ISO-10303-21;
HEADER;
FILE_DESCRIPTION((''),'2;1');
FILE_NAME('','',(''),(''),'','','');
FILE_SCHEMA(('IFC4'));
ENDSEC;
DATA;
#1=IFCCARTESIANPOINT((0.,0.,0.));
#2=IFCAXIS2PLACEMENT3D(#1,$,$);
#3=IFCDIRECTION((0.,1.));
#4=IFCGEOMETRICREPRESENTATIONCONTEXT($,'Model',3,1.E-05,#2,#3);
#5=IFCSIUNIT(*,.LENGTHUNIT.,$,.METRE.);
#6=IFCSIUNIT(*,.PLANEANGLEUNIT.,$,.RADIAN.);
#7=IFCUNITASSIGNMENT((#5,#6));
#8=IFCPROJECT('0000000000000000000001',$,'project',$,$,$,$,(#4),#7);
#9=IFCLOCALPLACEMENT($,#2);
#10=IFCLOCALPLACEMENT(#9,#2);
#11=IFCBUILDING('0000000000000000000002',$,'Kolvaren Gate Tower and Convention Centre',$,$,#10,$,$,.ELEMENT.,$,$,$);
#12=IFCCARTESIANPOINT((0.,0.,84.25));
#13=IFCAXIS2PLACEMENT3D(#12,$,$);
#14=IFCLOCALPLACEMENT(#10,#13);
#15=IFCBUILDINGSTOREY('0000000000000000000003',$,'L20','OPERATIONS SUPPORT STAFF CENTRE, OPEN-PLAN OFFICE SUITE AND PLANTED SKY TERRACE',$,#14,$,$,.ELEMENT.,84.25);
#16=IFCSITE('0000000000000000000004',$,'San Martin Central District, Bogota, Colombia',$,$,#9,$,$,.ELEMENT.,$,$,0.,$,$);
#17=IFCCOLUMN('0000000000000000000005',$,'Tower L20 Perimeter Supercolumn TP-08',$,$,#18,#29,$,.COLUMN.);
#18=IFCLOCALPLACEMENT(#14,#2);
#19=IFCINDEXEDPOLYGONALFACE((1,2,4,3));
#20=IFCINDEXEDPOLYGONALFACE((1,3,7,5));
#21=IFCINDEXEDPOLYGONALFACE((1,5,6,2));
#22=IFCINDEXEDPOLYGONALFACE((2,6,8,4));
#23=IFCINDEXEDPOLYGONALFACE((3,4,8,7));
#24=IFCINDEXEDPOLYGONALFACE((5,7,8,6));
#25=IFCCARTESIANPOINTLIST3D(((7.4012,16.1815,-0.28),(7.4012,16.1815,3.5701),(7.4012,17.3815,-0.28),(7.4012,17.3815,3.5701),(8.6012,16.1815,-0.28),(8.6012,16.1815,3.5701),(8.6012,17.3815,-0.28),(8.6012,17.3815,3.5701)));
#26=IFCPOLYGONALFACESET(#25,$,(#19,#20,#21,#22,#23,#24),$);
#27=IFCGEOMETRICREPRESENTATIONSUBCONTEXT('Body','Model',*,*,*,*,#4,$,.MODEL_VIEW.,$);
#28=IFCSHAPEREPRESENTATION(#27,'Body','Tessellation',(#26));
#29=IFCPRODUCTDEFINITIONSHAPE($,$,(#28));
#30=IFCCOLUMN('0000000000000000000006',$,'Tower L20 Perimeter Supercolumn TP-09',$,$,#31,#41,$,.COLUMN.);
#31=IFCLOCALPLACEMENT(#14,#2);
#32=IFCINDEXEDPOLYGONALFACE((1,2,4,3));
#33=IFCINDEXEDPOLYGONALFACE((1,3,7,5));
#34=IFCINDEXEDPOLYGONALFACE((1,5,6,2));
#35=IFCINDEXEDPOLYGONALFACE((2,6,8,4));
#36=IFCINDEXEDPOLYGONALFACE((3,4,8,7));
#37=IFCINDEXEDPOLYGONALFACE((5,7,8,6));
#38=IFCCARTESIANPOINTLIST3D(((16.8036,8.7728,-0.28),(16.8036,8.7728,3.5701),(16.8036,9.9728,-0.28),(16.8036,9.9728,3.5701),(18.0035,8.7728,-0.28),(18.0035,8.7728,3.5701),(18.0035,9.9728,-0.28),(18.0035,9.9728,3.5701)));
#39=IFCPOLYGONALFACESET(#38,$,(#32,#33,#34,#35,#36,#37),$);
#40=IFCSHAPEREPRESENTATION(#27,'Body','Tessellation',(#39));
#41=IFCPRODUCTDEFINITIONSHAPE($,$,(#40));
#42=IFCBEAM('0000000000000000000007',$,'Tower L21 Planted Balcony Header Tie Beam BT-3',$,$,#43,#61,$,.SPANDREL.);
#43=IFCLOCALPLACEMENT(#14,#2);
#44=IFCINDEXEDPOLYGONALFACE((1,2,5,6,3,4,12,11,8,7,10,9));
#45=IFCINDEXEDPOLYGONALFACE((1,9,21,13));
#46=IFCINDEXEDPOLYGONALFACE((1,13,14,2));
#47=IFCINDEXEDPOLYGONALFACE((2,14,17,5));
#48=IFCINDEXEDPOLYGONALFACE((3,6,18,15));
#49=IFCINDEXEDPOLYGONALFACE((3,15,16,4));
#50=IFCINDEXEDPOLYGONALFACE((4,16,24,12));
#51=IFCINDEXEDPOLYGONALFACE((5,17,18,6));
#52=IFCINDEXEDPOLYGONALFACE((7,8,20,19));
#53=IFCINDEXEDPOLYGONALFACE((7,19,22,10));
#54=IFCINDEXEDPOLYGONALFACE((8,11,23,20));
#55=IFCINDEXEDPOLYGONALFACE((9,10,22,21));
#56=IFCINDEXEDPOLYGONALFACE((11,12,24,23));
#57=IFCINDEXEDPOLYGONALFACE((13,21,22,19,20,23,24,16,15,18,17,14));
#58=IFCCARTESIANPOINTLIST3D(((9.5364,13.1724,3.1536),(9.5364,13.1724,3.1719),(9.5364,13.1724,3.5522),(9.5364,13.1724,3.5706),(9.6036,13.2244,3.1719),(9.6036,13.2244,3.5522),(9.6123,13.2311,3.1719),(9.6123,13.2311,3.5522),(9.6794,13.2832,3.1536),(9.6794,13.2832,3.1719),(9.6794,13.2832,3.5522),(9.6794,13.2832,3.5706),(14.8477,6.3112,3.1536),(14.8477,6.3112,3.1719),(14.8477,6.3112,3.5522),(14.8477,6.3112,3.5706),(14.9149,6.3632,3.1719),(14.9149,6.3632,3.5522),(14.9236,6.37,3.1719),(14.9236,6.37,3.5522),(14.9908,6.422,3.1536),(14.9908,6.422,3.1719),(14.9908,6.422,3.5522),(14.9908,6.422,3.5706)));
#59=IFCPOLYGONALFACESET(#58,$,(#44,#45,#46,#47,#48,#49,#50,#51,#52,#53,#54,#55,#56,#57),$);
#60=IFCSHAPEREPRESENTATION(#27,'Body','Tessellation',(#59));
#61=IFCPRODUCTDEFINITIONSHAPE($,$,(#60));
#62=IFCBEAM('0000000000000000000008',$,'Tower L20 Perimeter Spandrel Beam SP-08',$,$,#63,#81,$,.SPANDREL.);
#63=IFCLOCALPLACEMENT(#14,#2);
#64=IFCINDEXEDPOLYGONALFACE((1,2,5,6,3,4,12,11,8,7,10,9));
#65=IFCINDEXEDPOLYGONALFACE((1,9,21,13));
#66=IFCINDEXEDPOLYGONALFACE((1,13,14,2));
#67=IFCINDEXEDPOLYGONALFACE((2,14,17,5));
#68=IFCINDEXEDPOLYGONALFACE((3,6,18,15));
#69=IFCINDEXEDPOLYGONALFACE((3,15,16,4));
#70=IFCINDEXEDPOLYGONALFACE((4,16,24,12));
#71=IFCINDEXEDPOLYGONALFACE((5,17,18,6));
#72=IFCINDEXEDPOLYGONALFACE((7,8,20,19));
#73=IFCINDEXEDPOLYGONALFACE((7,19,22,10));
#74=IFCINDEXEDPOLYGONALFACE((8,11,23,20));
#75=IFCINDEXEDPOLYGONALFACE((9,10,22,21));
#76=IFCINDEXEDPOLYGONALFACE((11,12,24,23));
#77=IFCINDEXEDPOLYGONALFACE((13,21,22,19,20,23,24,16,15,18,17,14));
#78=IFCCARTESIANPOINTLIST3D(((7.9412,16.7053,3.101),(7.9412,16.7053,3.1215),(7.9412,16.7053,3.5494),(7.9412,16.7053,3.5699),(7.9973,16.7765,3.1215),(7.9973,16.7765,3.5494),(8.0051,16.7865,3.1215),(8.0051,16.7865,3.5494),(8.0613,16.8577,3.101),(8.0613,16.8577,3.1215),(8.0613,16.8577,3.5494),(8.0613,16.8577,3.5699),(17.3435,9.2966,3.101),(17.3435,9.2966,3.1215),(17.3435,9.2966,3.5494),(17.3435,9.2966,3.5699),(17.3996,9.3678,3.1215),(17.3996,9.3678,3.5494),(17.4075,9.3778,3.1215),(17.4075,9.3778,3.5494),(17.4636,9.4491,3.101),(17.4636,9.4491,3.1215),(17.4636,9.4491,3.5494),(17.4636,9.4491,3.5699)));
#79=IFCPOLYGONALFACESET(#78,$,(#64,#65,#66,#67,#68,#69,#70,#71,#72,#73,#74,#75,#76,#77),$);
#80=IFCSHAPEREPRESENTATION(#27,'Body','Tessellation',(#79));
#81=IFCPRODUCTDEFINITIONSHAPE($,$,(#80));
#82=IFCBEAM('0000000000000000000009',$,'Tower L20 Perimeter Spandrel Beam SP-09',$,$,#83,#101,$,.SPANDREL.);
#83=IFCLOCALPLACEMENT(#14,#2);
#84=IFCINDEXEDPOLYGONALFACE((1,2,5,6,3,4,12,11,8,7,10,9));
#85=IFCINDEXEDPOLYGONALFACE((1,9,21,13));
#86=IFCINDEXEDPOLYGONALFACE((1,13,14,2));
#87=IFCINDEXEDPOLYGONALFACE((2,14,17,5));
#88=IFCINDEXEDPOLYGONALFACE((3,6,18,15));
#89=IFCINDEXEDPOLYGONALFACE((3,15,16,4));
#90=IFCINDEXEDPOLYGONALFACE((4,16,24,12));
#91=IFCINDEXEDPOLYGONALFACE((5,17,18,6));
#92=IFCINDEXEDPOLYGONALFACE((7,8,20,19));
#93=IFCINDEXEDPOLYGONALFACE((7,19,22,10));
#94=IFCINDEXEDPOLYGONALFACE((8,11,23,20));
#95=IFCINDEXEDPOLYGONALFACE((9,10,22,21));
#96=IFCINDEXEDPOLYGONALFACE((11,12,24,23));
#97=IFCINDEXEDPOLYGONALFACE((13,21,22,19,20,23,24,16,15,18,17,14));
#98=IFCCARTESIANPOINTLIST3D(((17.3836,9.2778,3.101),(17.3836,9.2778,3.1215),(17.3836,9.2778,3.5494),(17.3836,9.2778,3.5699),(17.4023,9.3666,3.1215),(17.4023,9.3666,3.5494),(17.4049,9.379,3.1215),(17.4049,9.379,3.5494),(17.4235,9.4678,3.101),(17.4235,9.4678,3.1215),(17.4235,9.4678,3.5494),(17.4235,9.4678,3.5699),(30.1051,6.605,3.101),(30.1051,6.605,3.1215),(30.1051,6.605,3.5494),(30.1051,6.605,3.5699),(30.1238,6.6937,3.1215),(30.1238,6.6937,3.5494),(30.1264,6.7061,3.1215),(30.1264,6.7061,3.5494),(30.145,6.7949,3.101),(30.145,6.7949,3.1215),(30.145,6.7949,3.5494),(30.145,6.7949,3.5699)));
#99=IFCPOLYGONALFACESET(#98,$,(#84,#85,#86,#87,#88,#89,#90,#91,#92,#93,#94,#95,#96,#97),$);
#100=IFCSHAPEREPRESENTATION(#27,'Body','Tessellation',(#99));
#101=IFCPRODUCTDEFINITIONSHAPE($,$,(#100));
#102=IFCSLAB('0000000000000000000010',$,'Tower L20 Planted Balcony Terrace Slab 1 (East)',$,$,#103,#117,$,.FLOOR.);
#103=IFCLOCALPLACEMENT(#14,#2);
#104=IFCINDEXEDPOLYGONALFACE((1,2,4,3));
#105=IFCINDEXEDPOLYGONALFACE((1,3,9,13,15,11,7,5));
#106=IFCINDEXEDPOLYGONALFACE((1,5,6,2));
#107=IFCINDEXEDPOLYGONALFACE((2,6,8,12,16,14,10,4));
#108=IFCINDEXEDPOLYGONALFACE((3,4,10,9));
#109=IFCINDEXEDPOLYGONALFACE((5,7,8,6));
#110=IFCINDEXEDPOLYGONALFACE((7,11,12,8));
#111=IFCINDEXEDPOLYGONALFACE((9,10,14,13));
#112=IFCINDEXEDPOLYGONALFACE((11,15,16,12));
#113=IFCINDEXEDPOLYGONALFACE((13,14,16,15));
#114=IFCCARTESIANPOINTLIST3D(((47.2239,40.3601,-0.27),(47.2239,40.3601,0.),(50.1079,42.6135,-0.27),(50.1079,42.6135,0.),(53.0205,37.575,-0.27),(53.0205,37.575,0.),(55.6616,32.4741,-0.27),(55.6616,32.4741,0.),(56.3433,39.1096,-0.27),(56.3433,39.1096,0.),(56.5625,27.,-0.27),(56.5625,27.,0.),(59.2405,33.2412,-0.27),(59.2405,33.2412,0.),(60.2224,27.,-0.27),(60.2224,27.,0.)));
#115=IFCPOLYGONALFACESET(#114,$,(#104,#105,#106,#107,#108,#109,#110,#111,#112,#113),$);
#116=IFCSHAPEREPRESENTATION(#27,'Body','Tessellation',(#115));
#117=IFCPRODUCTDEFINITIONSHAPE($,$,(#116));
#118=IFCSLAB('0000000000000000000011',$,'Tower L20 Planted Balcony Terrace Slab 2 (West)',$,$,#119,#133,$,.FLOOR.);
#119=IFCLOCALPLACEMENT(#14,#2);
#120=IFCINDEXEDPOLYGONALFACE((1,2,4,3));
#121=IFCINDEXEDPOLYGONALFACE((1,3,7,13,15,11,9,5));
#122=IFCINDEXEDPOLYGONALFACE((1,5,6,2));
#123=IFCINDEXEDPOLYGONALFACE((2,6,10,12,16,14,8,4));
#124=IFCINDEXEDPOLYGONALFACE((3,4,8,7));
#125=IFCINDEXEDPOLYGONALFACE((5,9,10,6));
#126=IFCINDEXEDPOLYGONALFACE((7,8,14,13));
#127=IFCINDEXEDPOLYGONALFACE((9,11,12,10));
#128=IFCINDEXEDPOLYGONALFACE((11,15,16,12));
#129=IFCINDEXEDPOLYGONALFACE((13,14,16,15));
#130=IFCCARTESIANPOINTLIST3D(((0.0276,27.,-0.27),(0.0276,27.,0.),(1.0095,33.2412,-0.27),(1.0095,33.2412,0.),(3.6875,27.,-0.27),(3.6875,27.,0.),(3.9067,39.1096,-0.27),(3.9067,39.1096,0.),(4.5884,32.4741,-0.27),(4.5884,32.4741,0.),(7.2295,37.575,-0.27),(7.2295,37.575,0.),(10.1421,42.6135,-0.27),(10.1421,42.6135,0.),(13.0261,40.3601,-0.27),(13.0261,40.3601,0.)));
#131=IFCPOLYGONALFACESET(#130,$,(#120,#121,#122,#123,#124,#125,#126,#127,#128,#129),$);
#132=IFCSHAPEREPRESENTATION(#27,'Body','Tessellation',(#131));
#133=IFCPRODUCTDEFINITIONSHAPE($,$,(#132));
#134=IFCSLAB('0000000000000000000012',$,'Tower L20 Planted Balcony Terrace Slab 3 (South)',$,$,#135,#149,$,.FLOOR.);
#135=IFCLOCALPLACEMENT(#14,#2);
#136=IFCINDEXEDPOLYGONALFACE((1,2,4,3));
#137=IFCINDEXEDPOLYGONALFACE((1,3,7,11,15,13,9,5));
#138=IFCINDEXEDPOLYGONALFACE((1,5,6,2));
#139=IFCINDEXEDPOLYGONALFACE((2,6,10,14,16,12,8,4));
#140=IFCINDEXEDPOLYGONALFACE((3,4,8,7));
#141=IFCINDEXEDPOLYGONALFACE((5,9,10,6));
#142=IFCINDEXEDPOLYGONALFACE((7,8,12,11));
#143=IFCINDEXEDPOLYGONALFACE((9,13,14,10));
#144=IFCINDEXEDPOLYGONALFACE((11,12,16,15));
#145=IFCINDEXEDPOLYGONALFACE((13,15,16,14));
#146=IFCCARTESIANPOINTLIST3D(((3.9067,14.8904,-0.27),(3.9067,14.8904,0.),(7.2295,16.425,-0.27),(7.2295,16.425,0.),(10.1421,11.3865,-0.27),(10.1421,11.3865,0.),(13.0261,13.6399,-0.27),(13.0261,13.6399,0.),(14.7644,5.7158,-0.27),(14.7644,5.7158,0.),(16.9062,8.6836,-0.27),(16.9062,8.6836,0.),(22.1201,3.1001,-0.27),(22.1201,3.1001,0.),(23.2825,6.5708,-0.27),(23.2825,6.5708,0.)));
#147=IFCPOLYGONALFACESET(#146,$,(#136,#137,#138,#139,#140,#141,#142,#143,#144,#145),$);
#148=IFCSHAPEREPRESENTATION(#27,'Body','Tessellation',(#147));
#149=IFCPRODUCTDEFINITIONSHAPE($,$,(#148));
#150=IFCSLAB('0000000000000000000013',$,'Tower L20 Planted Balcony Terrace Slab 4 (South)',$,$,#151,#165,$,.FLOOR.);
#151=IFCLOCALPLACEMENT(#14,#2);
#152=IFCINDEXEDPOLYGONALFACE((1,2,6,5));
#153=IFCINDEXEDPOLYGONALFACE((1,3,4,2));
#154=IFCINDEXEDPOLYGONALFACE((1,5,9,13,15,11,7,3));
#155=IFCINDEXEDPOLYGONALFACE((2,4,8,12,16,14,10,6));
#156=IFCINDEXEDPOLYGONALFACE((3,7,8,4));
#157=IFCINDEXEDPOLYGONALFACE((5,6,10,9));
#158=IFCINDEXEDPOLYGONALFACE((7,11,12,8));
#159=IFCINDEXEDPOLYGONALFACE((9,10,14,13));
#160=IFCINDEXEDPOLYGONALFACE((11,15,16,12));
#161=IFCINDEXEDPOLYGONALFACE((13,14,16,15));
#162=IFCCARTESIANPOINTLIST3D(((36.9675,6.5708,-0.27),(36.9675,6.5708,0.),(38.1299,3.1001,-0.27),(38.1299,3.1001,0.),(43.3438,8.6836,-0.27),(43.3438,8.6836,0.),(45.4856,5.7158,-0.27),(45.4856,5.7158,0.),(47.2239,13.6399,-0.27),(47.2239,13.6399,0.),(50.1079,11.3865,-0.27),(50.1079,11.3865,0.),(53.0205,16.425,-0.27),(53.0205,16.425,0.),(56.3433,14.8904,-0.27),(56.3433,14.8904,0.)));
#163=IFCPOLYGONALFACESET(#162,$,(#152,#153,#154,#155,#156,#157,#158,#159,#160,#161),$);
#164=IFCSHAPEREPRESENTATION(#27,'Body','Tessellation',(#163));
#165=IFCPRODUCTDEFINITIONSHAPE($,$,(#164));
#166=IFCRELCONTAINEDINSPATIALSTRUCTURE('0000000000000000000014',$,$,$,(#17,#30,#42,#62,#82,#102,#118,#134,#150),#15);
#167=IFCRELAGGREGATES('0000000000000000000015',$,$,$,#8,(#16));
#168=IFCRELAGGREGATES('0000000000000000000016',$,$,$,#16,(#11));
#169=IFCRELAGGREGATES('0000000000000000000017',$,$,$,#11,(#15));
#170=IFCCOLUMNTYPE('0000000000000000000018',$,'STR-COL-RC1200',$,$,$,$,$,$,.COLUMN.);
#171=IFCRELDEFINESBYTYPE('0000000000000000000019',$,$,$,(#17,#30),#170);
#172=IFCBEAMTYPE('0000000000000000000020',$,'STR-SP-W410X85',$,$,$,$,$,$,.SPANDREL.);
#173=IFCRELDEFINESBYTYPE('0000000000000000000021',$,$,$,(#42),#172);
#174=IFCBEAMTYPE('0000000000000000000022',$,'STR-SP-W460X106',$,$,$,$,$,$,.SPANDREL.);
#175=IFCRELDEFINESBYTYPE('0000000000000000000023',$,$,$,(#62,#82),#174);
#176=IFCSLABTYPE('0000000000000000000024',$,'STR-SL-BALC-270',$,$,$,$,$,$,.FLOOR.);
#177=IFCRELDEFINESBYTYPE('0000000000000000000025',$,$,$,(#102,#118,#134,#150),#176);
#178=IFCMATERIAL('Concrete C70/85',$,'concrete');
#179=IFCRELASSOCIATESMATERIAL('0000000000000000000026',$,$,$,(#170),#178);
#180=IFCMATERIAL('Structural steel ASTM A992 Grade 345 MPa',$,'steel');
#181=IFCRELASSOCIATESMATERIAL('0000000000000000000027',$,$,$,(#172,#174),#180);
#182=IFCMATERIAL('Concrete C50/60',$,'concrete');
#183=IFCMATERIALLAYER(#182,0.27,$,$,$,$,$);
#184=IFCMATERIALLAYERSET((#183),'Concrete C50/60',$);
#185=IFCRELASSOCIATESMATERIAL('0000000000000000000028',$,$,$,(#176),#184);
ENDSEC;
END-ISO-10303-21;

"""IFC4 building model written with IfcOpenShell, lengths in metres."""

from ifc_helpers import new_model, si_unit, direction, frame, origin, origin_2d, place, context, subcontext, project, spatial, polyline, rectangle, i_section, outline, extrude, material, layer, layer_set, material_profile, profile_set, type_object, element, save


model = new_model("IFC4")

# Units and contexts
model_context = context("Model", 3, precision=1e-05, world=origin(), true_north=direction((0.0, 1.0)))
body_context = subcontext(model_context, "Body", "Model", "MODEL_VIEW")
ifc_project = project(units=[si_unit("LENGTHUNIT", "METRE"), si_unit("PLANEANGLEUNIT", "RADIAN")], contexts=[model_context])

# Site, building, storey
site_placement = place(None, origin())
site = spatial("IfcSite", under=ifc_project, at=site_placement, Name="San Martin Central District, Bogota, Colombia", CompositionType="ELEMENT", RefElevation=0.0)
building_placement = place(site_placement, origin())
building = spatial("IfcBuilding", under=site, at=building_placement, Name="Kolvaren Gate Tower and Convention Centre", CompositionType="ELEMENT")
storey_placement = place(building_placement, frame((0.0, 0.0, 84.25)))
storey = spatial("IfcBuildingStorey", under=building, at=storey_placement, Name="L20", Description="OPERATIONS SUPPORT STAFF CENTRE, OPEN-PLAN OFFICE SUITE AND PLANTED SKY TERRACE", CompositionType="ELEMENT", Elevation=84.25)

# Columns
ifc_material_1 = material(Name="Concrete C70/85", Category="concrete")
ifc_material_profile_1 = material_profile(ifc_material_1, rectangle(XDim=1.2, YDim=1.2, at=origin_2d()), Name="RC-COL-1200X1200")
ifc_profile_set_1 = profile_set([ifc_material_profile_1], Name="Concrete C70/85")
column_type = type_object("IfcColumnType", Name="STR-COL-RC1200", PredefinedType="COLUMN", material=ifc_profile_set_1)
for number, where, z_axis, x_axis, name in (
    (1, (8.0012, 16.7815, -0.28), (0.0, 0.0, 1.0), (1.0, 0.0, 0.0), "Tower L20 Perimeter Supercolumn TP-08"),
    (2, (17.4036, 9.3728, -0.28), (0.0, 0.0, 1.0), (1.0, 0.0, 0.0), "Tower L20 Perimeter Supercolumn TP-09"),
):
    element("IfcColumn", number, at=place(storey_placement, frame(where, z_axis=z_axis, x_axis=x_axis)), inside=storey, type_object=column_type, Name=name, PredefinedType="COLUMN", context=body_context, shape_type="SweptSolid", body=[
        extrude(rectangle(XDim=1.2, YDim=1.2, at=origin_2d()), origin(), (0.0, 0.0, 1.0), 3.8501),
    ])

# Beams
ifc_material_2 = material(Name="Structural steel ASTM A992 Grade 345 MPa", Category="steel")
ifc_material_profile_2 = material_profile(ifc_material_2, i_section(OverallWidth=0.1809, OverallDepth=0.417, WebThickness=0.011, FlangeThickness=0.0183, at=origin_2d()), Name="W410X85")
ifc_profile_set_2 = profile_set([ifc_material_profile_2], Name="Structural steel ASTM A992 Grade 345 MPa")
beam_type_1 = type_object("IfcBeamType", Name="STR-SP-W410X85", PredefinedType="SPANDREL", material=ifc_profile_set_2)
beam_1_placement = place(storey_placement, frame((9.6079, 13.2278, 3.3621), z_axis=(0.612135, -0.790753, 0.0), x_axis=(0.790753, 0.612135, 0.0)))
element("IfcBeam", 3, at=beam_1_placement, inside=storey, type_object=beam_type_1, Name="Tower L21 Planted Balcony Header Tie Beam BT-3", PredefinedType="SPANDREL", context=body_context, shape_type="SweptSolid", body=[
    extrude(i_section(OverallWidth=0.1809, OverallDepth=0.417, WebThickness=0.011, FlangeThickness=0.0183, at=origin_2d()), origin(), (0.0, 0.0, 1.0), 8.6768),
])
ifc_material_profile_3 = material_profile(ifc_material_2, i_section(OverallWidth=0.1941, OverallDepth=0.469, WebThickness=0.0127, FlangeThickness=0.0205, at=origin_2d()), Name="W460X106")
ifc_profile_set_3 = profile_set([ifc_material_profile_3], Name="Structural steel ASTM A992 Grade 345 MPa")
beam_type_2 = type_object("IfcBeamType", Name="STR-SP-W460X106", PredefinedType="SPANDREL", material=ifc_profile_set_3)
beam_2_placement = place(storey_placement, frame((8.0012, 16.7815, 3.3354), z_axis=(0.78546, -0.618913, 0.0), x_axis=(0.618913, 0.78546, 0.0)))
element("IfcBeam", 4, at=beam_2_placement, inside=storey, type_object=beam_type_2, Name="Tower L20 Perimeter Spandrel Beam SP-08", PredefinedType="SPANDREL", context=body_context, shape_type="SweptSolid", body=[
    extrude(i_section(OverallWidth=0.1941, OverallDepth=0.469, WebThickness=0.0127, FlangeThickness=0.0205, at=origin_2d()), origin(), (0.0, 0.0, 1.0), 11.9705),
])
beam_3_placement = place(storey_placement, frame((17.4036, 9.3728, 3.3354), z_axis=(0.978633, -0.205617, 0.0), x_axis=(0.205617, 0.978633, 0.0)))
element("IfcBeam", 5, at=beam_3_placement, inside=storey, type_object=beam_type_2, Name="Tower L20 Perimeter Spandrel Beam SP-09", PredefinedType="SPANDREL", context=body_context, shape_type="SweptSolid", body=[
    extrude(i_section(OverallWidth=0.1941, OverallDepth=0.469, WebThickness=0.0127, FlangeThickness=0.0205, at=origin_2d()), origin(), (0.0, 0.0, 1.0), 12.9993),
])

# Slabs
ifc_material_3 = material(Name="Concrete C50/60", Category="concrete")
ifc_layer_1 = layer(ifc_material_3, 0.27)
ifc_layer_set_1 = layer_set([ifc_layer_1], Name="Concrete C50/60")
slab_type_1 = type_object("IfcSlabType", Name="STR-SL-BALC-270", PredefinedType="FLOOR", material=ifc_layer_set_1)
slab_1_placement = place(storey_placement, frame((0.0, 0.0, -0.27)))
element("IfcSlab", 6, at=slab_1_placement, inside=storey, type_object=slab_type_1, Name="Tower L20 Planted Balcony Terrace Slab 1 (East)", PredefinedType="FLOOR", context=body_context, shape_type="SweptSolid", body=[
    extrude(outline(polyline([(56.5625, 27.0), (55.6616, 32.4741), (53.0205, 37.575), (47.2239, 40.3601), (50.1079, 42.6135), (56.3433, 39.1096), (59.2405, 33.2412), (60.2224, 27.0), (56.5625, 27.0)])), origin(), (0.0, 0.0, 1.0), 0.27),
])
slab_2_placement = place(storey_placement, frame((0.0, 0.0, -0.27)))
element("IfcSlab", 7, at=slab_2_placement, inside=storey, type_object=slab_type_1, Name="Tower L20 Planted Balcony Terrace Slab 2 (West)", PredefinedType="FLOOR", context=body_context, shape_type="SweptSolid", body=[
    extrude(outline(polyline([(13.0261, 40.3601), (7.2295, 37.575), (4.5884, 32.4741), (3.6875, 27.0), (0.0276, 27.0), (1.0095, 33.2412), (3.9067, 39.1096), (10.1421, 42.6135), (13.0261, 40.3601)])), origin(), (0.0, 0.0, 1.0), 0.27),
])
slab_3_placement = place(storey_placement, frame((0.0, 0.0, -0.27)))
element("IfcSlab", 8, at=slab_3_placement, inside=storey, type_object=slab_type_1, Name="Tower L20 Planted Balcony Terrace Slab 3 (South)", PredefinedType="FLOOR", context=body_context, shape_type="SweptSolid", body=[
    extrude(outline(polyline([(7.2295, 16.425), (13.0261, 13.6399), (16.9062, 8.6836), (23.2825, 6.5708), (22.1201, 3.1001), (14.7644, 5.7158), (10.1421, 11.3865), (3.9067, 14.8904), (7.2295, 16.425)])), origin(), (0.0, 0.0, 1.0), 0.27),
])
slab_4_placement = place(storey_placement, frame((0.0, 0.0, -0.27)))
element("IfcSlab", 9, at=slab_4_placement, inside=storey, type_object=slab_type_1, Name="Tower L20 Planted Balcony Terrace Slab 4 (South)", PredefinedType="FLOOR", context=body_context, shape_type="SweptSolid", body=[
    extrude(outline(polyline([(36.9675, 6.5708), (43.3438, 8.6836), (47.2239, 13.6399), (53.0205, 16.425), (56.3433, 14.8904), (50.1079, 11.3865), (45.4856, 5.7158), (38.1299, 3.1001), (36.9675, 6.5708)])), origin(), (0.0, 0.0, 1.0), 0.27),
])

save(model, "model.ifc")
